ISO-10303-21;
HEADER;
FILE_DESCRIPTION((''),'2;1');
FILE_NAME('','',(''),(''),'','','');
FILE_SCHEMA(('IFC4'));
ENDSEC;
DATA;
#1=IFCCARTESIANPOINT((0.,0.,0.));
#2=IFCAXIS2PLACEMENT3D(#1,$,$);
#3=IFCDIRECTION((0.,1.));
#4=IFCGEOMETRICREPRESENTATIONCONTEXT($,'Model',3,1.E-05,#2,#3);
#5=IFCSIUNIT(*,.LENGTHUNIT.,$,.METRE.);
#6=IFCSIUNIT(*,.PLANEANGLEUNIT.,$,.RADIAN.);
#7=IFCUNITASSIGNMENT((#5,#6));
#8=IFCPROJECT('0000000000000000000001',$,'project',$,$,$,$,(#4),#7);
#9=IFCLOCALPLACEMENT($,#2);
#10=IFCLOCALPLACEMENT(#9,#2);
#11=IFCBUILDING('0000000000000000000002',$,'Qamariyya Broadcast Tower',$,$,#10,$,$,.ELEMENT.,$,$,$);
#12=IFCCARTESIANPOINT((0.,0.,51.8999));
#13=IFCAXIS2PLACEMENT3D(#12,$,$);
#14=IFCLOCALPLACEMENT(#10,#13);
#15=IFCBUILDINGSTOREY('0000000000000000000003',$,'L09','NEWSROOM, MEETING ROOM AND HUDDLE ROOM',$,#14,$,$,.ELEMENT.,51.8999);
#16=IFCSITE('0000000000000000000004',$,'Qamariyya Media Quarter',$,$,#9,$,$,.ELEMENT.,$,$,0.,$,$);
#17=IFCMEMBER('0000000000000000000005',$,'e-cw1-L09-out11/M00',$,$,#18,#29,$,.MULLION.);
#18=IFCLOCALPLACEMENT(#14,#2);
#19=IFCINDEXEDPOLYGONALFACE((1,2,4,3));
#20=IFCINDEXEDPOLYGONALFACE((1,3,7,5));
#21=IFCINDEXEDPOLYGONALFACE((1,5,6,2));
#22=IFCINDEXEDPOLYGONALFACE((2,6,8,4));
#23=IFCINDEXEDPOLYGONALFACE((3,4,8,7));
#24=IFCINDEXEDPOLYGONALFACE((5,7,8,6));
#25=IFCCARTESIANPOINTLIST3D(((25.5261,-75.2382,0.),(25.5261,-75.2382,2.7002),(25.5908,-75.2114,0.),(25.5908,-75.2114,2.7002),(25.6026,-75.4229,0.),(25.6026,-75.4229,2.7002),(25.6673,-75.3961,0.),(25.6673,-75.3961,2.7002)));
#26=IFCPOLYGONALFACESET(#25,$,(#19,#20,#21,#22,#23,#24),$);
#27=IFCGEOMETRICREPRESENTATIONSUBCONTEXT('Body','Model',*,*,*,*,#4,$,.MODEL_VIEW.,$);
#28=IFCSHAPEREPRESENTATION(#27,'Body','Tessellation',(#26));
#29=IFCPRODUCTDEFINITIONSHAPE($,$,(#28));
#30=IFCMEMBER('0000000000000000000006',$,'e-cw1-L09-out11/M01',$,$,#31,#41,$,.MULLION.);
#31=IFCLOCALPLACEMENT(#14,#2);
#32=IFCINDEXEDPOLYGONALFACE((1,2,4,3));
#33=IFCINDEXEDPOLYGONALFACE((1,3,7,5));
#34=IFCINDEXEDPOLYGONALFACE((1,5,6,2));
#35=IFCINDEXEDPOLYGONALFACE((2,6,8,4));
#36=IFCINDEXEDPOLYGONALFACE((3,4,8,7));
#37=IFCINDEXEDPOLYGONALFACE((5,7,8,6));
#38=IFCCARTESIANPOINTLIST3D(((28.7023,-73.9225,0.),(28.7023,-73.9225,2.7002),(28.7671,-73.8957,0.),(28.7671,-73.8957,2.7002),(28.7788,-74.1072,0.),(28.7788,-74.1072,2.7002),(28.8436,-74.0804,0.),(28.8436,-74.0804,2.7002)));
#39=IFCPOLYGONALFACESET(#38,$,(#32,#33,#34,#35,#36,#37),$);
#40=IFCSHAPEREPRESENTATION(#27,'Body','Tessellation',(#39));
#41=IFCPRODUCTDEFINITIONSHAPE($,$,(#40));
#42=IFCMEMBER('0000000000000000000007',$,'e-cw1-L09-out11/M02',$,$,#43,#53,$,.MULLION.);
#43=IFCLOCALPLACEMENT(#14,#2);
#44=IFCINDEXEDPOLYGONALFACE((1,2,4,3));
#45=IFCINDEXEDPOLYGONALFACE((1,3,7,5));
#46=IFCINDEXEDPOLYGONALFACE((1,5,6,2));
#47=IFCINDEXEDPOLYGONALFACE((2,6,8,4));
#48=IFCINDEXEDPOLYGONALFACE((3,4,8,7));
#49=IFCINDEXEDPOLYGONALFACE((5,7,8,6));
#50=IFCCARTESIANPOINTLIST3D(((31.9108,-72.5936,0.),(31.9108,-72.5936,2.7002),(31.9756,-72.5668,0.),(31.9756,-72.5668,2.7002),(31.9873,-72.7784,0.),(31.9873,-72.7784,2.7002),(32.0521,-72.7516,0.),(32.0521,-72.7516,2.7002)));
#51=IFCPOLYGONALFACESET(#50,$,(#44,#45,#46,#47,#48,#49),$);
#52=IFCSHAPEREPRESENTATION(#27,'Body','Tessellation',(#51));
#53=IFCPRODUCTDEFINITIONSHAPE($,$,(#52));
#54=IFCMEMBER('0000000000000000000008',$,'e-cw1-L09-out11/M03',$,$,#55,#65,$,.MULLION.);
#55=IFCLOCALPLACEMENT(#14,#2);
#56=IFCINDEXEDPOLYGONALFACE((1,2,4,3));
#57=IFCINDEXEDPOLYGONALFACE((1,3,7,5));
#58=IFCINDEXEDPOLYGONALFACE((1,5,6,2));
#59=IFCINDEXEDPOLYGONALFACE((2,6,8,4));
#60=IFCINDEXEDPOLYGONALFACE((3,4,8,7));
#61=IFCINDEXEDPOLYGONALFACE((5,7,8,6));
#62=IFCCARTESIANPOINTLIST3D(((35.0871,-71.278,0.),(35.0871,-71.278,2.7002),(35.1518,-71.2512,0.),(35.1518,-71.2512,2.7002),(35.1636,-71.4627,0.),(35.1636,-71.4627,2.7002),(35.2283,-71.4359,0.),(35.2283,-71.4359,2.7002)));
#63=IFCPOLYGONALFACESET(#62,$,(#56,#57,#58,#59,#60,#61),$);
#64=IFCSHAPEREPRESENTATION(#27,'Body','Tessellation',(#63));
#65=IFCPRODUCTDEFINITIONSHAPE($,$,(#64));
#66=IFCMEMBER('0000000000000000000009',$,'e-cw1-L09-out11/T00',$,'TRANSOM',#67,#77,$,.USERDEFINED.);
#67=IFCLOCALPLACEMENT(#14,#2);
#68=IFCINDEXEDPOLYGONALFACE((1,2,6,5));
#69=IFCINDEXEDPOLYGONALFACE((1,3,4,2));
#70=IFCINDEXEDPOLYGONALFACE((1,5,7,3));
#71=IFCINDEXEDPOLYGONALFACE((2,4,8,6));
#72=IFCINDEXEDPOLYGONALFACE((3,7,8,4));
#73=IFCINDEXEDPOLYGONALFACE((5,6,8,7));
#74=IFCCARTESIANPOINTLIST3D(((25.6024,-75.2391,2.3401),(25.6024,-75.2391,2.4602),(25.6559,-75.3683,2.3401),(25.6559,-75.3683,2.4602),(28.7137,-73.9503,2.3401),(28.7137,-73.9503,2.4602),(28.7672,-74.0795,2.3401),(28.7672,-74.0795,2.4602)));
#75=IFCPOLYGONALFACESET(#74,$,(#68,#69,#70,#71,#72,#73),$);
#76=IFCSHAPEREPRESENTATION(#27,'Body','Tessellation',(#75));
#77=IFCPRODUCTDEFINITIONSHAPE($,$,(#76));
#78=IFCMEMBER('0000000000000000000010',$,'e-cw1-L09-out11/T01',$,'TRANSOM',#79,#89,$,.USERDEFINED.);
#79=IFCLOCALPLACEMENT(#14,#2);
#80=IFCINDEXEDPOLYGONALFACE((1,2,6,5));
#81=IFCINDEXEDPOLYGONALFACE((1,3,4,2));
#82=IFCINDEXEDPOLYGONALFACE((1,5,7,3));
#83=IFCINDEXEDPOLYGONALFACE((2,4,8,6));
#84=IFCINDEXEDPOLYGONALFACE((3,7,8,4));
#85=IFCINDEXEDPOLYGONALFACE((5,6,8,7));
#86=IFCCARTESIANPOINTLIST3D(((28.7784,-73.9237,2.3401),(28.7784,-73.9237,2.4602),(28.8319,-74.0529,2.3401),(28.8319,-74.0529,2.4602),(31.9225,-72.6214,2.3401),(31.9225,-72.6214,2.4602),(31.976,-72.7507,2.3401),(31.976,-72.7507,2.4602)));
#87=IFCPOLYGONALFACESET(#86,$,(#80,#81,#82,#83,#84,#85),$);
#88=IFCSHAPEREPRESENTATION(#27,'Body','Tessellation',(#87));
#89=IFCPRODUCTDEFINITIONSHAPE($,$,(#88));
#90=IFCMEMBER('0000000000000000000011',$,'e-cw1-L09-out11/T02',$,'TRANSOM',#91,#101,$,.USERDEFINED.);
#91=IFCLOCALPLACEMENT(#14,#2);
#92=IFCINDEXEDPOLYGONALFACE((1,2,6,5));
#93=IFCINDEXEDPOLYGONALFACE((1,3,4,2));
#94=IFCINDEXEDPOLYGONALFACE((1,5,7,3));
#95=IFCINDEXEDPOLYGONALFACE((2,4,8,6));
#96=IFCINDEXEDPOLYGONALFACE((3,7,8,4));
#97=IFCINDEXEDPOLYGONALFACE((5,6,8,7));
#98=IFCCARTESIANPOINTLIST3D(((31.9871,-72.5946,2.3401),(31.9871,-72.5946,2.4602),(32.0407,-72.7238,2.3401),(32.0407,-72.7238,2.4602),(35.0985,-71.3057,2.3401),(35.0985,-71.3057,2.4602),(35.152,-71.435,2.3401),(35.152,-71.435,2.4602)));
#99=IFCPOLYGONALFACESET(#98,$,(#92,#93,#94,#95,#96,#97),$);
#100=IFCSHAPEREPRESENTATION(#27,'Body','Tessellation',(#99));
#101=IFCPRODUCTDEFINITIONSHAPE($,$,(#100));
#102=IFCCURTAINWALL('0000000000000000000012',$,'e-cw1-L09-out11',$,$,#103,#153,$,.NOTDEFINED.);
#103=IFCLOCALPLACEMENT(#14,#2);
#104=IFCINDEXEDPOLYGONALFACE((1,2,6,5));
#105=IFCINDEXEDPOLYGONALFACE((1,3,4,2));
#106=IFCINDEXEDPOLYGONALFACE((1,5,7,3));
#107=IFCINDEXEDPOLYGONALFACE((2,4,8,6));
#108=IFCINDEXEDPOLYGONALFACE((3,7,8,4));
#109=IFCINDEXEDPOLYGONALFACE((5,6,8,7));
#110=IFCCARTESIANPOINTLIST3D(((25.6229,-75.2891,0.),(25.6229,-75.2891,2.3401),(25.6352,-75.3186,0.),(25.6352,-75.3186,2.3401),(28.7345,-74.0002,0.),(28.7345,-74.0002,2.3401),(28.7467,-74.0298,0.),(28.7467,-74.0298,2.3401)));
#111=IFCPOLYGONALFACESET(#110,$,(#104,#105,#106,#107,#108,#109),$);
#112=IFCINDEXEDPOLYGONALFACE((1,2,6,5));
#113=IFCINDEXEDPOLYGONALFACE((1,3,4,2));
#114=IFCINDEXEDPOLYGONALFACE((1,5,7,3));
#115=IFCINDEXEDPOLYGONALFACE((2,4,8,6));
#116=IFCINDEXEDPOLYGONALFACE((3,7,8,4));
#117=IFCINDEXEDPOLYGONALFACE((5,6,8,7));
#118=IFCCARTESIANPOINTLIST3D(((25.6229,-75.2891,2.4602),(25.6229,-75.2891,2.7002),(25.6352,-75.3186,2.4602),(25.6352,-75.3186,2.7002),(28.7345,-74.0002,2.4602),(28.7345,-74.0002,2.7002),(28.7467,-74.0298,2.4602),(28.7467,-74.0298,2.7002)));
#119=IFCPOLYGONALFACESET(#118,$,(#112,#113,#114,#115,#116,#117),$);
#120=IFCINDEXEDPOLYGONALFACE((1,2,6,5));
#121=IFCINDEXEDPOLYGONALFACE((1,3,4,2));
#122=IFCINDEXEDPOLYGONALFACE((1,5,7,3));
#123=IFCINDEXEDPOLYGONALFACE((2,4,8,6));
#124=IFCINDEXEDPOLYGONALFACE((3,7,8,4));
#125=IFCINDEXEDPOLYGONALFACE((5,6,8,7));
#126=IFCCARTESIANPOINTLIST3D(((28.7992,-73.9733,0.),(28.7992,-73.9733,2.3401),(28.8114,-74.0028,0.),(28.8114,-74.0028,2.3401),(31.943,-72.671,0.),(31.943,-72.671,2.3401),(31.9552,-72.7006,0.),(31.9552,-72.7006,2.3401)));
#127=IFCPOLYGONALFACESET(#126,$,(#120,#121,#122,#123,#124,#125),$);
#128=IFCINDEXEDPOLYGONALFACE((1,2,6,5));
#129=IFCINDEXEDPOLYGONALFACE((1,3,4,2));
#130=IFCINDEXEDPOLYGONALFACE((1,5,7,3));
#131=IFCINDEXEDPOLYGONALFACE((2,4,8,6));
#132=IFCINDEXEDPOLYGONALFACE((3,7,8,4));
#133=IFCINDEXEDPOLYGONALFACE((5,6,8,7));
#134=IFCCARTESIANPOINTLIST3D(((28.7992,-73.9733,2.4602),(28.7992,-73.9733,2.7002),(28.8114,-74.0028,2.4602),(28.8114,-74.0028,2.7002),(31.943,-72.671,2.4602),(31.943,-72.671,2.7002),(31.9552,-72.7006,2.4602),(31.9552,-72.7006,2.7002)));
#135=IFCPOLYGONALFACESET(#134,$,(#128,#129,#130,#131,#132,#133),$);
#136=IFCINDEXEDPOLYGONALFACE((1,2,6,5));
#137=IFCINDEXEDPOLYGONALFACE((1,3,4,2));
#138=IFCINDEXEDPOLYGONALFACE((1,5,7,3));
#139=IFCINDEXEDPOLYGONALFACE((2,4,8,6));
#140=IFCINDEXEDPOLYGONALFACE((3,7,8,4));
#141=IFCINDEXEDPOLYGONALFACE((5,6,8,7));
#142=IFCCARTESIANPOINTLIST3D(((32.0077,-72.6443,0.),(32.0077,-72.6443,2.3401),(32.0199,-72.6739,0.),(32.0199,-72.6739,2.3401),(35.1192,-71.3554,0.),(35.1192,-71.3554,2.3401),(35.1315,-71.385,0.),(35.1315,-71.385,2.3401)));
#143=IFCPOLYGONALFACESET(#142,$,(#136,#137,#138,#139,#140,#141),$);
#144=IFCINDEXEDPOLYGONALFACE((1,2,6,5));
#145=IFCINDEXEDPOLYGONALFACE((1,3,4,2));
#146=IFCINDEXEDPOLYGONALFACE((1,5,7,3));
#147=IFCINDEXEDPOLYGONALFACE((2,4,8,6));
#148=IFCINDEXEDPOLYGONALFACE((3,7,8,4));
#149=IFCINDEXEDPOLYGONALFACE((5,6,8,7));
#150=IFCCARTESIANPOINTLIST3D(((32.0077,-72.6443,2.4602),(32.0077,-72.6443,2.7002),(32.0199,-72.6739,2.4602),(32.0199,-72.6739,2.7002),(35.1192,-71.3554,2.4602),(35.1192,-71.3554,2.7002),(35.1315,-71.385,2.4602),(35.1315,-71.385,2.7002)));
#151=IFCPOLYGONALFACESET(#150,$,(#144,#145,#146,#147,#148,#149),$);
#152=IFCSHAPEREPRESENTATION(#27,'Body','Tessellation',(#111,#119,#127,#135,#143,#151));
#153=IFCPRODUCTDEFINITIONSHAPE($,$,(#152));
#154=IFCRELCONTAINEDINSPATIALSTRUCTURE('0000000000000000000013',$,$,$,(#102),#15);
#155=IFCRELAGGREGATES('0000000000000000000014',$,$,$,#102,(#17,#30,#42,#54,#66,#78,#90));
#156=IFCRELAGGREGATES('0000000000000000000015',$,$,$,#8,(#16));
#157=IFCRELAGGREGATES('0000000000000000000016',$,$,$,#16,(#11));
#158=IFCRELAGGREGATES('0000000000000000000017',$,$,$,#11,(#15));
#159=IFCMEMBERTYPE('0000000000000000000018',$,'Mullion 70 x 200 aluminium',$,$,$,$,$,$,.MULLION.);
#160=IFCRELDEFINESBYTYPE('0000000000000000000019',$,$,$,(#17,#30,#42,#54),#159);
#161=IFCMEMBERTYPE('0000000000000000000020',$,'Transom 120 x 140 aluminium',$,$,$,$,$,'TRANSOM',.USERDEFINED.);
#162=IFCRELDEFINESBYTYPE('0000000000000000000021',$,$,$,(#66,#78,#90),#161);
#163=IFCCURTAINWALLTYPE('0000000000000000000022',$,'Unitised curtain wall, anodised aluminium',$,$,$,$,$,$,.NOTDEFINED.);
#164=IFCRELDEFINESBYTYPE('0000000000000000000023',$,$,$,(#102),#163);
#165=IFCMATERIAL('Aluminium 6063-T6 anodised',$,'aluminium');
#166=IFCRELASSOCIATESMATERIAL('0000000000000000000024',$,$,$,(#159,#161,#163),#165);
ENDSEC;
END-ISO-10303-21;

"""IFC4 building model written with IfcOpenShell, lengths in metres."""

from ifc_helpers import new_model, si_unit, direction, frame, origin, origin_2d, place, context, subcontext, project, spatial, rectangle, extrude, material, material_profile, profile_set, type_object, element, aggregate, save


model = new_model("IFC4")

# Units and contexts
model_context = context("Model", 3, precision=1e-05, world=origin(), true_north=direction((0.0, 1.0)))
body_context = subcontext(model_context, "Body", "Model", "MODEL_VIEW")
ifc_project = project(units=[si_unit("LENGTHUNIT", "METRE"), si_unit("PLANEANGLEUNIT", "RADIAN")], contexts=[model_context])

# Members
ifc_material = material(Name="Aluminium 6063-T6 anodised", Category="aluminium")
ifc_material_profile_1 = material_profile(ifc_material, rectangle(XDim=0.2, YDim=0.0701, at=origin_2d()))
ifc_profile_set_1 = profile_set([ifc_material_profile_1], Name="Aluminium 6063-T6 anodised")
member_type_1 = type_object("IfcMemberType", Name="Mullion 70 x 200 aluminium", PredefinedType="MULLION", material=ifc_profile_set_1)
site_placement = place(None, origin())
building_placement = place(site_placement, origin())
storey_placement = place(building_placement, frame((0.0, 0.0, 51.8999)))
member_1_placement = place(storey_placement, frame((25.5967, -75.3171, 0.0), z_axis=(0.0, 0.0, 1.0), x_axis=(-0.382683, 0.92388, 0.0)))
member_1 = element("IfcMember", 1, at=member_1_placement, type_object=member_type_1, Name="e-cw1-L09-out11/M00", PredefinedType="MULLION", context=body_context, shape_type="SweptSolid", body=[
    extrude(rectangle(XDim=0.2, YDim=0.0701, at=origin_2d()), origin(), (0.0, 0.0, 1.0), 2.7002),
])
member_2_placement = place(storey_placement, frame((28.7729, -74.0015, 0.0), z_axis=(0.0, 0.0, 1.0), x_axis=(-0.382683, 0.92388, 0.0)))
member_2 = element("IfcMember", 2, at=member_2_placement, type_object=member_type_1, Name="e-cw1-L09-out11/M01", PredefinedType="MULLION", context=body_context, shape_type="SweptSolid", body=[
    extrude(rectangle(XDim=0.2, YDim=0.0701, at=origin_2d()), origin(), (0.0, 0.0, 1.0), 2.7002),
])
member_3_placement = place(storey_placement, frame((31.9814, -72.6726, 0.0), z_axis=(0.0, 0.0, 1.0), x_axis=(-0.382683, 0.92388, 0.0)))
member_3 = element("IfcMember", 3, at=member_3_placement, type_object=member_type_1, Name="e-cw1-L09-out11/M02", PredefinedType="MULLION", context=body_context, shape_type="SweptSolid", body=[
    extrude(rectangle(XDim=0.2, YDim=0.0701, at=origin_2d()), origin(), (0.0, 0.0, 1.0), 2.7002),
])
member_4_placement = place(storey_placement, frame((35.1577, -71.3569, 0.0), z_axis=(0.0, 0.0, 1.0), x_axis=(-0.382683, 0.92388, 0.0)))
member_4 = element("IfcMember", 4, at=member_4_placement, type_object=member_type_1, Name="e-cw1-L09-out11/M03", PredefinedType="MULLION", context=body_context, shape_type="SweptSolid", body=[
    extrude(rectangle(XDim=0.2, YDim=0.0701, at=origin_2d()), origin(), (0.0, 0.0, 1.0), 2.7002),
])
ifc_material_profile_2 = material_profile(ifc_material, rectangle(XDim=0.1399, YDim=0.1201, at=origin_2d()))
ifc_profile_set_2 = profile_set([ifc_material_profile_2], Name="Aluminium 6063-T6 anodised")
member_type_2 = type_object("IfcMemberType", Name="Transom 120 x 140 aluminium", ElementType="TRANSOM", PredefinedType="USERDEFINED", material=ifc_profile_set_2)
member_5_placement = place(storey_placement, frame((25.6292, -75.3037, 2.4001), z_axis=(0.923873, 0.3827, 0.0), x_axis=(-0.3827, 0.923873, 0.0)))
member_5 = element("IfcMember", 5, at=member_5_placement, type_object=member_type_2, Name="e-cw1-L09-out11/T00", ObjectType="TRANSOM", PredefinedType="USERDEFINED", context=body_context, shape_type="SweptSolid", body=[
    extrude(rectangle(XDim=0.1399, YDim=0.1201, at=origin_2d()), origin(), (0.0, 0.0, 1.0), 3.3677),
])
member_6_placement = place(storey_placement, frame((28.8052, -73.9883, 2.4001), z_axis=(0.923886, 0.382669, 0.0), x_axis=(-0.382669, 0.923886, 0.0)))
member_6 = element("IfcMember", 6, at=member_6_placement, type_object=member_type_2, Name="e-cw1-L09-out11/T01", ObjectType="TRANSOM", PredefinedType="USERDEFINED", context=body_context, shape_type="SweptSolid", body=[
    extrude(rectangle(XDim=0.1399, YDim=0.1201, at=origin_2d()), origin(), (0.0, 0.0, 1.0), 3.4031),
])
member_7_placement = place(storey_placement, frame((32.0139, -72.6592, 2.4001), z_axis=(0.923873, 0.3827, 0.0), x_axis=(-0.3827, 0.923873, 0.0)))
member_7 = element("IfcMember", 7, at=member_7_placement, type_object=member_type_2, Name="e-cw1-L09-out11/T02", ObjectType="TRANSOM", PredefinedType="USERDEFINED", context=body_context, shape_type="SweptSolid", body=[
    extrude(rectangle(XDim=0.1399, YDim=0.1201, at=origin_2d()), origin(), (0.0, 0.0, 1.0), 3.3677),
])

# Site, building, storey
site = spatial("IfcSite", under=ifc_project, at=site_placement, Name="Qamariyya Media Quarter", CompositionType="ELEMENT", RefElevation=0.0)
building = spatial("IfcBuilding", under=site, at=building_placement, Name="Qamariyya Broadcast Tower", CompositionType="ELEMENT")
storey = spatial("IfcBuildingStorey", under=building, at=storey_placement, Name="L09", Description="NEWSROOM, MEETING ROOM AND HUDDLE ROOM", CompositionType="ELEMENT", Elevation=51.8999)

# Curtain wall
curtain_wall_type = type_object("IfcCurtainWallType", Name="Unitised curtain wall, anodised aluminium", PredefinedType="NOTDEFINED", material=ifc_material)
curtain_wall_1_placement = place(storey_placement, origin())
curtain_wall_1 = element("IfcCurtainWall", 8, at=curtain_wall_1_placement, inside=storey, type_object=curtain_wall_type, Name="e-cw1-L09-out11", PredefinedType="NOTDEFINED", context=body_context, shape_type="SweptSolid", body=[
    extrude(rectangle(XDim=3.3679, YDim=0.032, at=origin_2d()), frame((27.1848, -74.6594, 0.0), x_axis=(0.923878, 0.382688, 0.0)), (0.0, 0.0, 1.0), 2.3401),
    extrude(rectangle(XDim=3.3679, YDim=0.032, at=origin_2d()), frame((27.1848, -74.6594, 2.4602), x_axis=(0.923878, 0.382688, 0.0)), (0.0, 0.0, 1.0), 0.24),
    extrude(rectangle(XDim=3.4028, YDim=0.032, at=origin_2d()), frame((30.3772, -73.3369, 0.0), x_axis=(0.923878, 0.382688, 0.0)), (0.0, 0.0, 1.0), 2.3401),
    extrude(rectangle(XDim=3.4028, YDim=0.032, at=origin_2d()), frame((30.3772, -73.3369, 2.4602), x_axis=(0.923878, 0.382688, 0.0)), (0.0, 0.0, 1.0), 0.24),
    extrude(rectangle(XDim=3.3679, YDim=0.032, at=origin_2d()), frame((33.5696, -72.0146, 0.0), x_axis=(0.923878, 0.382688, 0.0)), (0.0, 0.0, 1.0), 2.3401),
    extrude(rectangle(XDim=3.3679, YDim=0.032, at=origin_2d()), frame((33.5696, -72.0146, 2.4602), x_axis=(0.923878, 0.382688, 0.0)), (0.0, 0.0, 1.0), 0.24),
])
aggregate(curtain_wall_1, [member_1, member_2, member_3, member_4, member_5, member_6, member_7])

save(model, "model.ifc")
